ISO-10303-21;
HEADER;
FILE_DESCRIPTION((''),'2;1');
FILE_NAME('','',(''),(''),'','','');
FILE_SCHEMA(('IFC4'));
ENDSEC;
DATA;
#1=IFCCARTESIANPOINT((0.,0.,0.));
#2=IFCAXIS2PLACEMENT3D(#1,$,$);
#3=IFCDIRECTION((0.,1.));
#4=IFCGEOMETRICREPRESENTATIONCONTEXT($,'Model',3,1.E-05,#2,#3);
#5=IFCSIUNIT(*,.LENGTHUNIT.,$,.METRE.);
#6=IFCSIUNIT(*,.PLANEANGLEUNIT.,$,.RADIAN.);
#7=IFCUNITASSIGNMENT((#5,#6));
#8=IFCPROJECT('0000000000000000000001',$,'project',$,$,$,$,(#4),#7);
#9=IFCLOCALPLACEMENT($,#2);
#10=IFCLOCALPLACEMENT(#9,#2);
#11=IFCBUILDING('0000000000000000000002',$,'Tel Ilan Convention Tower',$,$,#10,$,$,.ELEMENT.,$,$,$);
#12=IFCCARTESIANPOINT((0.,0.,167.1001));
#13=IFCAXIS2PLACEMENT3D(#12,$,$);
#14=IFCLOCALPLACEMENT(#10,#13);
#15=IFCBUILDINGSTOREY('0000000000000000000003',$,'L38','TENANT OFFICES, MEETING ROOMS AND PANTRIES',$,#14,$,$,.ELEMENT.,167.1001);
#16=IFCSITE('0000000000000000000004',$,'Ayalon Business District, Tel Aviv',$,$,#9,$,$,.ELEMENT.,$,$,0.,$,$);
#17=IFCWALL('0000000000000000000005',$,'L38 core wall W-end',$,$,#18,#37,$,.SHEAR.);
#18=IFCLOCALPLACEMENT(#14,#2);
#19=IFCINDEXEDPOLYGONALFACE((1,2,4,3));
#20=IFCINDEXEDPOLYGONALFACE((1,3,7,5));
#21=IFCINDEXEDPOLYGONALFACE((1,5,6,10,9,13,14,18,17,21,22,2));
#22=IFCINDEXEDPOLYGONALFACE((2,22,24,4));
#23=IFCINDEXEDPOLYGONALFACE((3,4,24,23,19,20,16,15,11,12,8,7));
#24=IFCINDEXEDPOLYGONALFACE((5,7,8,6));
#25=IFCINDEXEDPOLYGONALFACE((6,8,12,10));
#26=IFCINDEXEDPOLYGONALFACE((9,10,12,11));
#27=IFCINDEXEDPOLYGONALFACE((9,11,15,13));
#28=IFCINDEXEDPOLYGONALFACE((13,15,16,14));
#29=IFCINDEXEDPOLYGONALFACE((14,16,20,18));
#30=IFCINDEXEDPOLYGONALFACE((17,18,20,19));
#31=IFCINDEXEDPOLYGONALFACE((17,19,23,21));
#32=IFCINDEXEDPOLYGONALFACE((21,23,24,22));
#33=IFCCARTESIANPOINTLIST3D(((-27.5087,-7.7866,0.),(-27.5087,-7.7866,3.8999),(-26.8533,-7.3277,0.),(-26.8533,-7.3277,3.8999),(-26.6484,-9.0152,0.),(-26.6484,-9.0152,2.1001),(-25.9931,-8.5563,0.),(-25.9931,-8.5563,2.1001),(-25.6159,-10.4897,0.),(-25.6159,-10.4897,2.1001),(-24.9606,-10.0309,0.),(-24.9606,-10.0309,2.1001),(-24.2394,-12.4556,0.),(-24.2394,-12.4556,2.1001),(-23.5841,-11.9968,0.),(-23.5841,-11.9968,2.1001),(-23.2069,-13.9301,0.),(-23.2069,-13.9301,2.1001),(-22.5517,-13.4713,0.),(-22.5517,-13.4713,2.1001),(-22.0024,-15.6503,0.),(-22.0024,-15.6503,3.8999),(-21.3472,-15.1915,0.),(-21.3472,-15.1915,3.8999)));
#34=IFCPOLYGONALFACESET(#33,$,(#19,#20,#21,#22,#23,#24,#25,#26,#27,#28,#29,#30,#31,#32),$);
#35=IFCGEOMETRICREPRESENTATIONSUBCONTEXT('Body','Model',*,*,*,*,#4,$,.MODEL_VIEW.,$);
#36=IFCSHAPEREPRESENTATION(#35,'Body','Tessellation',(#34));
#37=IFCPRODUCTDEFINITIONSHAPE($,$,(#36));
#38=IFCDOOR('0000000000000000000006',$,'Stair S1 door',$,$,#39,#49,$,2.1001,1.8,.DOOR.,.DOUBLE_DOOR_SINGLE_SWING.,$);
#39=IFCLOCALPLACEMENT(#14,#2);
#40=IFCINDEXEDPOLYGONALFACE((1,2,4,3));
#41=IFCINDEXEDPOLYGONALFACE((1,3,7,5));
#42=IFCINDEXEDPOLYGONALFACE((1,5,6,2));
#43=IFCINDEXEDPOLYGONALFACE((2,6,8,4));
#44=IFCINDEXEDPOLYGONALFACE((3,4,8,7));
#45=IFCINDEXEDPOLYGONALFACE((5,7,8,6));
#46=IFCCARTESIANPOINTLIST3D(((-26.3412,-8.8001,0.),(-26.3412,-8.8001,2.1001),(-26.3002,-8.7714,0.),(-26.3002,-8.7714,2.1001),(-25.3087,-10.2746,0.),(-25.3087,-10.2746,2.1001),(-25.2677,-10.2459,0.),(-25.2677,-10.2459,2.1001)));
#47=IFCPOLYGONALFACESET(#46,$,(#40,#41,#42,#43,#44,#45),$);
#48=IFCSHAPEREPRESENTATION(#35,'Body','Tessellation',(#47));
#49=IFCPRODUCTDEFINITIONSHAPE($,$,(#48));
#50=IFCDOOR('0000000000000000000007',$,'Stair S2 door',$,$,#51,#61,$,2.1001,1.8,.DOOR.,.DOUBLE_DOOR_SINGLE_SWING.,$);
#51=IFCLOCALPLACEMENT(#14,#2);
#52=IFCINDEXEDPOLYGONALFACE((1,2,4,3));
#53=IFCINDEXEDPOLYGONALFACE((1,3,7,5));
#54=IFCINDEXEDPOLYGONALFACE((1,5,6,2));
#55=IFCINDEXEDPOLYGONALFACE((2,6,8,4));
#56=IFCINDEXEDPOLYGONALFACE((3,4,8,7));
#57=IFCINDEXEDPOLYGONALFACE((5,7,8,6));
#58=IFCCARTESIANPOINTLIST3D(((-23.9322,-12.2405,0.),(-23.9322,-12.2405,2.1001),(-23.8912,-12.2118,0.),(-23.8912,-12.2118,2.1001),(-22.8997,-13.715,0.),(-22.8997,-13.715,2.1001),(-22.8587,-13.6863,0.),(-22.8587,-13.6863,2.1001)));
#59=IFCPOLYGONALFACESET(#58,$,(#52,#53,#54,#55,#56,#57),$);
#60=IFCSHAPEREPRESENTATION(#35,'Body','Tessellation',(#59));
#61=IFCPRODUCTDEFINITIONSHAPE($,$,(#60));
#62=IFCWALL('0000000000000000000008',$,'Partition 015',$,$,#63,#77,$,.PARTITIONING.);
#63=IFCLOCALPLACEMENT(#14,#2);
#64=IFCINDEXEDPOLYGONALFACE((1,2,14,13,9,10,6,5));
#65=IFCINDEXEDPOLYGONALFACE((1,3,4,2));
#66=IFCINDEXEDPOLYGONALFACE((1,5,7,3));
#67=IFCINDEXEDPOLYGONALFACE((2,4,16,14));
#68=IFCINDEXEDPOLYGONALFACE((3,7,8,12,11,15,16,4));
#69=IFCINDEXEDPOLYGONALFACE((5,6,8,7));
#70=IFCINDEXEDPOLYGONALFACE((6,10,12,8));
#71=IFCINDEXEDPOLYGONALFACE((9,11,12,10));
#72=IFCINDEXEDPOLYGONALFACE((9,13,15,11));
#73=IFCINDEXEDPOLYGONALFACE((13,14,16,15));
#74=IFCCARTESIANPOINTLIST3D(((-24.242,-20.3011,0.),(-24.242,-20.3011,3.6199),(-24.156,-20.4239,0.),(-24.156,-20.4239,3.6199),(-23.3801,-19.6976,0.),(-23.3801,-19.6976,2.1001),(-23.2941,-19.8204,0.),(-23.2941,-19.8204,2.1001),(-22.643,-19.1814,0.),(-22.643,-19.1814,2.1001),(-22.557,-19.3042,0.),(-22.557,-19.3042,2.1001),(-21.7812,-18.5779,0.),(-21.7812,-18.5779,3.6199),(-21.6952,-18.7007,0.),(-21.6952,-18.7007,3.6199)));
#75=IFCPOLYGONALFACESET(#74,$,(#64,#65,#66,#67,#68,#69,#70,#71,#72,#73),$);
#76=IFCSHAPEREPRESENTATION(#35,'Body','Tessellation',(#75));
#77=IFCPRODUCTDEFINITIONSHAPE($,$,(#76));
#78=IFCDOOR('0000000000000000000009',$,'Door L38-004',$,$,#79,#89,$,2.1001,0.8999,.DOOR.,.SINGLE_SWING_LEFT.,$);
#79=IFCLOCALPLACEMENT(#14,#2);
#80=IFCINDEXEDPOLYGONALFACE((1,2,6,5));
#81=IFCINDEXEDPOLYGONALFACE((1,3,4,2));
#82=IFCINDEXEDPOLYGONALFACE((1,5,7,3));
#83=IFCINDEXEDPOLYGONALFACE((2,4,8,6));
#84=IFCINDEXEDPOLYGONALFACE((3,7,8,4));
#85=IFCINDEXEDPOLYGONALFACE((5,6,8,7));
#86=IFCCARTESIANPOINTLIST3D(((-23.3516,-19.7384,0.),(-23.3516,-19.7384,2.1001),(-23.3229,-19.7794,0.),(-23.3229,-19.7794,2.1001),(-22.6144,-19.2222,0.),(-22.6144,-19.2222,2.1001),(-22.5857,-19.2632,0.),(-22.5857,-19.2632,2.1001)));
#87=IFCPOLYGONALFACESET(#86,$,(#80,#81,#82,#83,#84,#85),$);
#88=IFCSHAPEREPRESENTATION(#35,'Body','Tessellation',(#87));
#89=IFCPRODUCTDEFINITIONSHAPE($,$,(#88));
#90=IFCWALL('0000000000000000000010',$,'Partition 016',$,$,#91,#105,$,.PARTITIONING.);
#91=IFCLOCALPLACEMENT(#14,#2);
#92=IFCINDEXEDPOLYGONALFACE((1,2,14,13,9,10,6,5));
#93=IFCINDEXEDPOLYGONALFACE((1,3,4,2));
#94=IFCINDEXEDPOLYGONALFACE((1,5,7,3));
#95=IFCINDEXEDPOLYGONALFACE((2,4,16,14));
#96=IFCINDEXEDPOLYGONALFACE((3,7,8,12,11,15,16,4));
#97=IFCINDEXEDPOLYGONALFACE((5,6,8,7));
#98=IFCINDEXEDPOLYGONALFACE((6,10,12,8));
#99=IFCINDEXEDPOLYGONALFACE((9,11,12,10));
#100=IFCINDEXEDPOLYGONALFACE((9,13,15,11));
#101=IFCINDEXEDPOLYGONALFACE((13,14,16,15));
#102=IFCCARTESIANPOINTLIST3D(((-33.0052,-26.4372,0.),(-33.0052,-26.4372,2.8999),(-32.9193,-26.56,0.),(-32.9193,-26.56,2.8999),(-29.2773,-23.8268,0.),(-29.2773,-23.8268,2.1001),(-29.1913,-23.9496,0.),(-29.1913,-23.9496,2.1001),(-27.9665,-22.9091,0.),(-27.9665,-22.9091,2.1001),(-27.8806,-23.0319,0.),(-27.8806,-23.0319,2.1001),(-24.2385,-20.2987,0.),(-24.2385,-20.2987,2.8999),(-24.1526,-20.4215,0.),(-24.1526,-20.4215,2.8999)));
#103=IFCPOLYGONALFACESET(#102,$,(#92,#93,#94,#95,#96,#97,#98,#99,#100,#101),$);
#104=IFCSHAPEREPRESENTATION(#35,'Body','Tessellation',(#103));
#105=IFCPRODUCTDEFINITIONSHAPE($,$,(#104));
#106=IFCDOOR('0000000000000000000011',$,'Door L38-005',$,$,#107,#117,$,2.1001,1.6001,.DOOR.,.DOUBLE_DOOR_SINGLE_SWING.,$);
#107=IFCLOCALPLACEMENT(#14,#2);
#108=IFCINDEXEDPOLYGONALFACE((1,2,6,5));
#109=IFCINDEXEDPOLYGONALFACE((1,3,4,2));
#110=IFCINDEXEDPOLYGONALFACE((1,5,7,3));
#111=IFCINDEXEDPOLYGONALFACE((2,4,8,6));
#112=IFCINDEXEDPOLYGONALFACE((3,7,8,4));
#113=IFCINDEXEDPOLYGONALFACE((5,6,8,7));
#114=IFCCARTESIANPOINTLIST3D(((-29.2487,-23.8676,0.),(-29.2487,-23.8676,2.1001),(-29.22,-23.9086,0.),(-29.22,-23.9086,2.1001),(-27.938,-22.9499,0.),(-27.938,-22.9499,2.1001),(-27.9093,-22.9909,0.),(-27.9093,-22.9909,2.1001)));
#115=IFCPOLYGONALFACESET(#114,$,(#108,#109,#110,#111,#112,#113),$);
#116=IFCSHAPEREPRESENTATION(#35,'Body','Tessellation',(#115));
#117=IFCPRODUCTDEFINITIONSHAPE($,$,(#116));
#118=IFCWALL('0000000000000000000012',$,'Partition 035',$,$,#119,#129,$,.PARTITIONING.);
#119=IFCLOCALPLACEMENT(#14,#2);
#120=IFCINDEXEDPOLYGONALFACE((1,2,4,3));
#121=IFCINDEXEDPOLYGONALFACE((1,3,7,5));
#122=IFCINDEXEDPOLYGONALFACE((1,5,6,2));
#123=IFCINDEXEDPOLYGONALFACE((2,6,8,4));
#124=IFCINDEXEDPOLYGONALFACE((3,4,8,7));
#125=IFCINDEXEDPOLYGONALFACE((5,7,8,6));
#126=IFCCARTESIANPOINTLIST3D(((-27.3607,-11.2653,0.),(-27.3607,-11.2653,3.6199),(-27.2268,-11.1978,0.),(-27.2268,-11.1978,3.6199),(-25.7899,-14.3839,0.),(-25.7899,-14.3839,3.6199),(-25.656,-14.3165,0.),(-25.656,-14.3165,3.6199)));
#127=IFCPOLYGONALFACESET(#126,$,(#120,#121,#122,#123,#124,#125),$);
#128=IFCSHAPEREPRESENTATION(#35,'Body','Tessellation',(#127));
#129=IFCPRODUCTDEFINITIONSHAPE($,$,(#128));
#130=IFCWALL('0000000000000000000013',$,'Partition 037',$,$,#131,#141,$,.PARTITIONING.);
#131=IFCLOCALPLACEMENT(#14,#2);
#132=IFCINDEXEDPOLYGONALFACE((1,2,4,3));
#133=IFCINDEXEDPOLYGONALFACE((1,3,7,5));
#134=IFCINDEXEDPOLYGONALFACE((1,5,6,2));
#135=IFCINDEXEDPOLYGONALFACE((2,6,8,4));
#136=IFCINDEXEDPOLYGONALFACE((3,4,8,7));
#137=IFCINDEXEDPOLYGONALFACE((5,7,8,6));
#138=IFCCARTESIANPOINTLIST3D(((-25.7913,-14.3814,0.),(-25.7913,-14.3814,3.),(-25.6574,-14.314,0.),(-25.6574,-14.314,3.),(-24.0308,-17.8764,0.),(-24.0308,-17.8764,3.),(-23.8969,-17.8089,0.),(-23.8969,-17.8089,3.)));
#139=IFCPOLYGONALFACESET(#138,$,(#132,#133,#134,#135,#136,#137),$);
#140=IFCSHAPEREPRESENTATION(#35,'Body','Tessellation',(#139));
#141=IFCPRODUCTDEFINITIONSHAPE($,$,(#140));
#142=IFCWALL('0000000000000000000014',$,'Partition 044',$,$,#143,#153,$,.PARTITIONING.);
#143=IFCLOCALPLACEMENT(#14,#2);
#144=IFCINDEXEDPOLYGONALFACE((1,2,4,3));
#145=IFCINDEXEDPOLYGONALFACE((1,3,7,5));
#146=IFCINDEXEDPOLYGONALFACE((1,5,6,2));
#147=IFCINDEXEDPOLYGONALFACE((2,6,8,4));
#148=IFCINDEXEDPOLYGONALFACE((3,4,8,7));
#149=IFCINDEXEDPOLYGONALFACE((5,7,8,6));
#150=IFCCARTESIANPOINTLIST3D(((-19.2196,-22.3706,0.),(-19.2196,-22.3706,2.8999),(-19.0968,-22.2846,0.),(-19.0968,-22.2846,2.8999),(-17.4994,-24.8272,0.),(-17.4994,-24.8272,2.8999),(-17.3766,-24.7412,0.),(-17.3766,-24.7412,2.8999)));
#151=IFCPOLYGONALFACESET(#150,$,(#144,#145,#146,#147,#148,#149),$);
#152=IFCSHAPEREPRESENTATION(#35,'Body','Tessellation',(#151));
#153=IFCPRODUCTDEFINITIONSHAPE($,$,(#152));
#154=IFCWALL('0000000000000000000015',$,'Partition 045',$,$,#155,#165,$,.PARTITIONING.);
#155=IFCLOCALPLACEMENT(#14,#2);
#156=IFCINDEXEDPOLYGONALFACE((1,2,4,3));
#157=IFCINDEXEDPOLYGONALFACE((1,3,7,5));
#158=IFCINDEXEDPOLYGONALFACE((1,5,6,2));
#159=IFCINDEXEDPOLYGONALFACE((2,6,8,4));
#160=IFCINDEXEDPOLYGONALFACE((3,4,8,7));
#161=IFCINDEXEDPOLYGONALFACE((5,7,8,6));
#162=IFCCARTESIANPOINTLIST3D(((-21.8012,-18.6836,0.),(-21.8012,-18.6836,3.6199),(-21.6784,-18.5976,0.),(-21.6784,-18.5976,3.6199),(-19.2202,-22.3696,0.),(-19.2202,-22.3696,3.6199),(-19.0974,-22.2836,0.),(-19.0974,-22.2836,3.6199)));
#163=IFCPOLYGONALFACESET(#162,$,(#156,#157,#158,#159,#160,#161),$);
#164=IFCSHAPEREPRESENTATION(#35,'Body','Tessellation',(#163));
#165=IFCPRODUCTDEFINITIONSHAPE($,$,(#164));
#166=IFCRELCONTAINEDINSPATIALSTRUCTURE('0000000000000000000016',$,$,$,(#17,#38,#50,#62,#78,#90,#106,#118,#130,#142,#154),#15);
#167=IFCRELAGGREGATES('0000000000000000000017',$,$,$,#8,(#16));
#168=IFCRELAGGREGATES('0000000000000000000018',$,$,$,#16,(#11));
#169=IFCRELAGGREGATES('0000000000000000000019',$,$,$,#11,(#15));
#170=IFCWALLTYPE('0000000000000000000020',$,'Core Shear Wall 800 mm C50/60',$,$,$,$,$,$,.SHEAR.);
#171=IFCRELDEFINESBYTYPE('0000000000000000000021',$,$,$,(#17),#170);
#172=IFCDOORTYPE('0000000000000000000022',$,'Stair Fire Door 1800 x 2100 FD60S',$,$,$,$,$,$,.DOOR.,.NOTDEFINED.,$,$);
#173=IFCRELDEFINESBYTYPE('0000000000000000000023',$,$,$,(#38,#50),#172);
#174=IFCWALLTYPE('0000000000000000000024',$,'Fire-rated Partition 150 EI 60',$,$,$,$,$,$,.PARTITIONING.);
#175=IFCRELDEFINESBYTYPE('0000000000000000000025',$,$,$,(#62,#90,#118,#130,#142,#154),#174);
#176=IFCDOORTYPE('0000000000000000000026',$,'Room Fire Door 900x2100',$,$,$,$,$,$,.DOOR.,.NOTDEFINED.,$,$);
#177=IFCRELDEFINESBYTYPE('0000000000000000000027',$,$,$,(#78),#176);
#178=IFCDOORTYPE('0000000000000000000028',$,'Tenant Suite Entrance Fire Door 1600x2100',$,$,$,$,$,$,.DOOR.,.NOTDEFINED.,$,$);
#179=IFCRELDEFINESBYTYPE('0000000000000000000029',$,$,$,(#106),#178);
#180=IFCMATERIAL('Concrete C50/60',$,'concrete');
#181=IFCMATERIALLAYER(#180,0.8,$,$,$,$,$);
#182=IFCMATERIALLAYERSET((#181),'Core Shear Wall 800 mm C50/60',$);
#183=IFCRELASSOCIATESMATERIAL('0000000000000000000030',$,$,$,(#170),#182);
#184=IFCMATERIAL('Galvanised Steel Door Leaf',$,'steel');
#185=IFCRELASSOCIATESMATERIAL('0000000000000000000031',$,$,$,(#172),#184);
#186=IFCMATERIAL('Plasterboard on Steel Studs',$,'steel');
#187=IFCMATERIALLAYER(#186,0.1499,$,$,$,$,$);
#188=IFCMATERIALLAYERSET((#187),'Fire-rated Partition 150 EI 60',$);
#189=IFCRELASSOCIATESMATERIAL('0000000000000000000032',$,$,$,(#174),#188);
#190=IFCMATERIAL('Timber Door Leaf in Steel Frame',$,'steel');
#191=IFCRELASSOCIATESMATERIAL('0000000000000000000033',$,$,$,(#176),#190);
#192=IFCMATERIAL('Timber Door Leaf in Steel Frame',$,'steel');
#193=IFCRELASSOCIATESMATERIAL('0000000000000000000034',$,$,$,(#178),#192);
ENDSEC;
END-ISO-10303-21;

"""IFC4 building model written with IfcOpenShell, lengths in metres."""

from ifc_helpers import new_model, si_unit, direction, frame, frame_2d, origin, place, context, subcontext, project, spatial, polyline, rectangle, outline, extrude, material, layer, layer_set, type_object, element, fill, save


model = new_model("IFC4")

# Units and contexts
model_context = context("Model", 3, precision=1e-05, world=origin(), true_north=direction((0.0, 1.0)))
body_context = subcontext(model_context, "Body", "Model", "MODEL_VIEW")
ifc_project = project(units=[si_unit("LENGTHUNIT", "METRE"), si_unit("PLANEANGLEUNIT", "RADIAN")], contexts=[model_context])

# Site, building, storey
site_placement = place(None, origin())
site = spatial("IfcSite", under=ifc_project, at=site_placement, Name="Ayalon Business District, Tel Aviv", CompositionType="ELEMENT", RefElevation=0.0)
building_placement = place(site_placement, origin())
building = spatial("IfcBuilding", under=site, at=building_placement, Name="Tel Ilan Convention Tower", CompositionType="ELEMENT")
storey_placement = place(building_placement, frame((0.0, 0.0, 167.1001)))
storey = spatial("IfcBuildingStorey", under=building, at=storey_placement, Name="L38", Description="TENANT OFFICES, MEETING ROOMS AND PANTRIES", CompositionType="ELEMENT", Elevation=167.1001)

# Wall, openings, doors
ifc_material_1 = material(Name="Concrete C50/60", Category="concrete")
ifc_layer_1 = layer(ifc_material_1, 0.8)
ifc_layer_set_1 = layer_set([ifc_layer_1], Name="Core Shear Wall 800 mm C50/60")
wall_type_1 = type_object("IfcWallType", Name="Core Shear Wall 800 mm C50/60", PredefinedType="SHEAR", material=ifc_layer_set_1)
wall_1_placement = place(storey_placement, frame((-21.6748, -15.4209, 0.0), z_axis=(0.0, 0.0, 1.0), x_axis=(-0.573582, 0.819148, 0.0)))
wall_1 = element("IfcWall", 1, at=wall_1_placement, inside=storey, type_object=wall_type_1, Name="L38 core wall W-end", PredefinedType="SHEAR", context=body_context, shape_type="SweptSolid", body=[
    extrude(outline(polyline([(0.0, 0.3999), (0.0, -0.3999), (9.5999, -0.4001), (9.5999, 0.3999), (0.0, 0.3999)])), origin(), (0.0, 0.0, 1.0), 3.8999),
])
opening_1_placement = place(wall_1_placement, frame((6.3, 0.0, 0.0)))
opening_1 = element("IfcOpeningElement", 2, at=opening_1_placement, cuts=wall_1, PredefinedType="OPENING", context=body_context, shape_type="SweptSolid", body=[
    extrude(rectangle(XDim=1.8, YDim=2.1001, at=frame_2d((0.8999, 1.05))), frame((0.0, 0.4099, 0.0), z_axis=(0.0, -1.0, 0.0), x_axis=(1.0, 0.0, 0.0)), (0.0, 0.0, 1.0), 0.8201),
])
opening_2_placement = place(wall_1_placement, frame((2.1001, 0.0, 0.0)))
opening_2 = element("IfcOpeningElement", 3, at=opening_2_placement, cuts=wall_1, PredefinedType="OPENING", context=body_context, shape_type="SweptSolid", body=[
    extrude(rectangle(XDim=1.8, YDim=2.1001, at=frame_2d((0.8999, 1.05))), frame((0.0, 0.4099, 0.0), z_axis=(0.0, -1.0, 0.0), x_axis=(1.0, 0.0, 0.0)), (0.0, 0.0, 1.0), 0.8201),
])
ifc_material_2 = material(Name="Galvanised Steel Door Leaf", Category="steel")
door_type_1 = type_object("IfcDoorType", Name="Stair Fire Door 1800 x 2100 FD60S", OperationType="NOTDEFINED", PredefinedType="DOOR", material=ifc_material_2)
door_1_placement = place(opening_1_placement, origin())
door_1 = element("IfcDoor", 4, at=door_1_placement, inside=storey, type_object=door_type_1, Name="Stair S1 door", OperationType="DOUBLE_DOOR_SINGLE_SWING", OverallHeight=2.1001, OverallWidth=1.8, PredefinedType="DOOR", context=body_context, shape_type="SweptSolid", body=[
    extrude(rectangle(XDim=1.8, YDim=2.1001, at=frame_2d((0.8999, 1.05))), frame((0.0, 0.0249, 0.0), z_axis=(0.0, -1.0, 0.0), x_axis=(1.0, 0.0, 0.0)), (0.0, 0.0, 1.0), 0.05),
])
fill(opening_1, door_1)
door_2_placement = place(opening_2_placement, origin())
door_2 = element("IfcDoor", 5, at=door_2_placement, inside=storey, type_object=door_type_1, Name="Stair S2 door", OperationType="DOUBLE_DOOR_SINGLE_SWING", OverallHeight=2.1001, OverallWidth=1.8, PredefinedType="DOOR", context=body_context, shape_type="SweptSolid", body=[
    extrude(rectangle(XDim=1.8, YDim=2.1001, at=frame_2d((0.8999, 1.05))), frame((0.0, 0.0249, 0.0), z_axis=(0.0, -1.0, 0.0), x_axis=(1.0, 0.0, 0.0)), (0.0, 0.0, 1.0), 0.05),
])
fill(opening_2, door_2)

# Walls, openings, doors
ifc_material_3 = material(Name="Plasterboard on Steel Studs", Category="steel")
ifc_layer_2 = layer(ifc_material_3, 0.1499)
ifc_layer_set_2 = layer_set([ifc_layer_2], Name="Fire-rated Partition 150 EI 60")
wall_type_2 = type_object("IfcWallType", Name="Fire-rated Partition 150 EI 60", PredefinedType="PARTITIONING", material=ifc_layer_set_2)
wall_2_placement = place(storey_placement, frame((-21.7383, -18.6394, 0.0), z_axis=(0.0, 0.0, 1.0), x_axis=(-0.819129, -0.57361, 0.0)))
wall_2 = element("IfcWall", 6, at=wall_2_placement, inside=storey, type_object=wall_type_2, Name="Partition 015", PredefinedType="PARTITIONING", context=body_context, shape_type="SweptSolid", body=[
    extrude(rectangle(XDim=3.0042, YDim=0.1499, at=frame_2d((1.502, 0.0))), origin(), (0.0, 0.0, 1.0), 3.6199),
])
opening_3_placement = place(wall_2_placement, frame((1.052, 0.0, 0.0)))
opening_3 = element("IfcOpeningElement", 7, at=opening_3_placement, cuts=wall_2, PredefinedType="OPENING", context=body_context, shape_type="SweptSolid", body=[
    extrude(rectangle(XDim=0.8999, YDim=2.1001, at=frame_2d((0.45, 1.05))), frame((0.0, 0.085, 0.0), z_axis=(0.0, -1.0, 0.0), x_axis=(1.0, 0.0, 0.0)), (0.0, 0.0, 1.0), 0.1699),
])
ifc_material_4 = material(Name="Timber Door Leaf in Steel Frame", Category="steel")
door_type_2 = type_object("IfcDoorType", Name="Room Fire Door 900x2100", OperationType="NOTDEFINED", PredefinedType="DOOR", material=ifc_material_4)
door_3_placement = place(opening_3_placement, origin())
door_3 = element("IfcDoor", 8, at=door_3_placement, inside=storey, type_object=door_type_2, Name="Door L38-004", OperationType="SINGLE_SWING_LEFT", OverallHeight=2.1001, OverallWidth=0.8999, PredefinedType="DOOR", context=body_context, shape_type="SweptSolid", body=[
    extrude(rectangle(XDim=0.8999, YDim=2.1001, at=frame_2d((0.45, 1.05))), frame((0.0, 0.0249, 0.0), z_axis=(0.0, -1.0, 0.0), x_axis=(1.0, 0.0, 0.0)), (0.0, 0.0, 1.0), 0.05),
])
fill(opening_3, door_3)
wall_3_placement = place(storey_placement, frame((-24.1956, -20.3601, 0.0), z_axis=(0.0, 0.0, 1.0), x_axis=(-0.819153, -0.573576, 0.0)))
wall_3 = element("IfcWall", 9, at=wall_3_placement, inside=storey, type_object=wall_type_2, Name="Partition 016", PredefinedType="PARTITIONING", context=body_context, shape_type="SweptSolid", body=[
    extrude(rectangle(XDim=10.7021, YDim=0.1499, at=frame_2d((5.3511, 0.0))), origin(), (0.0, 0.0, 1.0), 2.8999),
])
opening_4_placement = place(wall_3_placement, frame((4.551, 0.0, 0.0)))
opening_4 = element("IfcOpeningElement", 10, at=opening_4_placement, cuts=wall_3, PredefinedType="OPENING", context=body_context, shape_type="SweptSolid", body=[
    extrude(rectangle(XDim=1.6001, YDim=2.1001, at=frame_2d((0.8, 1.05))), frame((0.0, 0.085, 0.0), z_axis=(0.0, -1.0, 0.0), x_axis=(1.0, 0.0, 0.0)), (0.0, 0.0, 1.0), 0.1699),
])
ifc_material_5 = material(Name="Timber Door Leaf in Steel Frame", Category="steel")
door_type_3 = type_object("IfcDoorType", Name="Tenant Suite Entrance Fire Door 1600x2100", OperationType="NOTDEFINED", PredefinedType="DOOR", material=ifc_material_5)
door_4_placement = place(opening_4_placement, origin())
door_4 = element("IfcDoor", 11, at=door_4_placement, inside=storey, type_object=door_type_3, Name="Door L38-005", OperationType="DOUBLE_DOOR_SINGLE_SWING", OverallHeight=2.1001, OverallWidth=1.6001, PredefinedType="DOOR", context=body_context, shape_type="SweptSolid", body=[
    extrude(rectangle(XDim=1.6001, YDim=2.1001, at=frame_2d((0.8, 1.05))), frame((0.0, 0.0249, 0.0), z_axis=(0.0, -1.0, 0.0), x_axis=(1.0, 0.0, 0.0)), (0.0, 0.0, 1.0), 0.05),
])
fill(opening_4, door_4)

# Walls
wall_4_placement = place(storey_placement, frame((-25.7229, -14.3503, 0.0), z_axis=(0.0, 0.0, 1.0), x_axis=(-0.449841, 0.893109, 0.0)))
element("IfcWall", 12, at=wall_4_placement, inside=storey, type_object=wall_type_2, Name="Partition 035", PredefinedType="PARTITIONING", context=body_context, shape_type="SweptSolid", body=[
    extrude(rectangle(XDim=3.4919, YDim=0.1499, at=frame_2d((1.7461, 0.0))), origin(), (0.0, 0.0, 1.0), 3.6199),
])
wall_5_placement = place(storey_placement, frame((-23.9639, -17.8425, 0.0), z_axis=(0.0, 0.0, 1.0), x_axis=(-0.449882, 0.893088, 0.0)))
element("IfcWall", 13, at=wall_5_placement, inside=storey, type_object=wall_type_2, Name="Partition 037", PredefinedType="PARTITIONING", context=body_context, shape_type="SweptSolid", body=[
    extrude(rectangle(XDim=3.9133, YDim=0.1499, at=frame_2d((1.9565, 0.0))), origin(), (0.0, 0.0, 1.0), 3.0),
])
wall_6_placement = place(storey_placement, frame((-17.438, -24.7842, 0.0), z_axis=(0.0, 0.0, 1.0), x_axis=(-0.573604, 0.819132, 0.0)))
element("IfcWall", 14, at=wall_6_placement, inside=storey, type_object=wall_type_2, Name="Partition 044", PredefinedType="PARTITIONING", context=body_context, shape_type="SweptSolid", body=[
    extrude(rectangle(XDim=2.999, YDim=0.1499, at=frame_2d((1.4995, 0.0))), origin(), (0.0, 0.0, 1.0), 2.8999),
])
wall_7_placement = place(storey_placement, frame((-19.1587, -22.3267, 0.0), z_axis=(0.0, 0.0, 1.0), x_axis=(-0.573586, 0.819145, 0.0)))
element("IfcWall", 15, at=wall_7_placement, inside=storey, type_object=wall_type_2, Name="Partition 045", PredefinedType="PARTITIONING", context=body_context, shape_type="SweptSolid", body=[
    extrude(rectangle(XDim=4.4998, YDim=0.1499, at=frame_2d((2.25, 0.0))), origin(), (0.0, 0.0, 1.0), 3.6199),
])

save(model, "model.ifc")
